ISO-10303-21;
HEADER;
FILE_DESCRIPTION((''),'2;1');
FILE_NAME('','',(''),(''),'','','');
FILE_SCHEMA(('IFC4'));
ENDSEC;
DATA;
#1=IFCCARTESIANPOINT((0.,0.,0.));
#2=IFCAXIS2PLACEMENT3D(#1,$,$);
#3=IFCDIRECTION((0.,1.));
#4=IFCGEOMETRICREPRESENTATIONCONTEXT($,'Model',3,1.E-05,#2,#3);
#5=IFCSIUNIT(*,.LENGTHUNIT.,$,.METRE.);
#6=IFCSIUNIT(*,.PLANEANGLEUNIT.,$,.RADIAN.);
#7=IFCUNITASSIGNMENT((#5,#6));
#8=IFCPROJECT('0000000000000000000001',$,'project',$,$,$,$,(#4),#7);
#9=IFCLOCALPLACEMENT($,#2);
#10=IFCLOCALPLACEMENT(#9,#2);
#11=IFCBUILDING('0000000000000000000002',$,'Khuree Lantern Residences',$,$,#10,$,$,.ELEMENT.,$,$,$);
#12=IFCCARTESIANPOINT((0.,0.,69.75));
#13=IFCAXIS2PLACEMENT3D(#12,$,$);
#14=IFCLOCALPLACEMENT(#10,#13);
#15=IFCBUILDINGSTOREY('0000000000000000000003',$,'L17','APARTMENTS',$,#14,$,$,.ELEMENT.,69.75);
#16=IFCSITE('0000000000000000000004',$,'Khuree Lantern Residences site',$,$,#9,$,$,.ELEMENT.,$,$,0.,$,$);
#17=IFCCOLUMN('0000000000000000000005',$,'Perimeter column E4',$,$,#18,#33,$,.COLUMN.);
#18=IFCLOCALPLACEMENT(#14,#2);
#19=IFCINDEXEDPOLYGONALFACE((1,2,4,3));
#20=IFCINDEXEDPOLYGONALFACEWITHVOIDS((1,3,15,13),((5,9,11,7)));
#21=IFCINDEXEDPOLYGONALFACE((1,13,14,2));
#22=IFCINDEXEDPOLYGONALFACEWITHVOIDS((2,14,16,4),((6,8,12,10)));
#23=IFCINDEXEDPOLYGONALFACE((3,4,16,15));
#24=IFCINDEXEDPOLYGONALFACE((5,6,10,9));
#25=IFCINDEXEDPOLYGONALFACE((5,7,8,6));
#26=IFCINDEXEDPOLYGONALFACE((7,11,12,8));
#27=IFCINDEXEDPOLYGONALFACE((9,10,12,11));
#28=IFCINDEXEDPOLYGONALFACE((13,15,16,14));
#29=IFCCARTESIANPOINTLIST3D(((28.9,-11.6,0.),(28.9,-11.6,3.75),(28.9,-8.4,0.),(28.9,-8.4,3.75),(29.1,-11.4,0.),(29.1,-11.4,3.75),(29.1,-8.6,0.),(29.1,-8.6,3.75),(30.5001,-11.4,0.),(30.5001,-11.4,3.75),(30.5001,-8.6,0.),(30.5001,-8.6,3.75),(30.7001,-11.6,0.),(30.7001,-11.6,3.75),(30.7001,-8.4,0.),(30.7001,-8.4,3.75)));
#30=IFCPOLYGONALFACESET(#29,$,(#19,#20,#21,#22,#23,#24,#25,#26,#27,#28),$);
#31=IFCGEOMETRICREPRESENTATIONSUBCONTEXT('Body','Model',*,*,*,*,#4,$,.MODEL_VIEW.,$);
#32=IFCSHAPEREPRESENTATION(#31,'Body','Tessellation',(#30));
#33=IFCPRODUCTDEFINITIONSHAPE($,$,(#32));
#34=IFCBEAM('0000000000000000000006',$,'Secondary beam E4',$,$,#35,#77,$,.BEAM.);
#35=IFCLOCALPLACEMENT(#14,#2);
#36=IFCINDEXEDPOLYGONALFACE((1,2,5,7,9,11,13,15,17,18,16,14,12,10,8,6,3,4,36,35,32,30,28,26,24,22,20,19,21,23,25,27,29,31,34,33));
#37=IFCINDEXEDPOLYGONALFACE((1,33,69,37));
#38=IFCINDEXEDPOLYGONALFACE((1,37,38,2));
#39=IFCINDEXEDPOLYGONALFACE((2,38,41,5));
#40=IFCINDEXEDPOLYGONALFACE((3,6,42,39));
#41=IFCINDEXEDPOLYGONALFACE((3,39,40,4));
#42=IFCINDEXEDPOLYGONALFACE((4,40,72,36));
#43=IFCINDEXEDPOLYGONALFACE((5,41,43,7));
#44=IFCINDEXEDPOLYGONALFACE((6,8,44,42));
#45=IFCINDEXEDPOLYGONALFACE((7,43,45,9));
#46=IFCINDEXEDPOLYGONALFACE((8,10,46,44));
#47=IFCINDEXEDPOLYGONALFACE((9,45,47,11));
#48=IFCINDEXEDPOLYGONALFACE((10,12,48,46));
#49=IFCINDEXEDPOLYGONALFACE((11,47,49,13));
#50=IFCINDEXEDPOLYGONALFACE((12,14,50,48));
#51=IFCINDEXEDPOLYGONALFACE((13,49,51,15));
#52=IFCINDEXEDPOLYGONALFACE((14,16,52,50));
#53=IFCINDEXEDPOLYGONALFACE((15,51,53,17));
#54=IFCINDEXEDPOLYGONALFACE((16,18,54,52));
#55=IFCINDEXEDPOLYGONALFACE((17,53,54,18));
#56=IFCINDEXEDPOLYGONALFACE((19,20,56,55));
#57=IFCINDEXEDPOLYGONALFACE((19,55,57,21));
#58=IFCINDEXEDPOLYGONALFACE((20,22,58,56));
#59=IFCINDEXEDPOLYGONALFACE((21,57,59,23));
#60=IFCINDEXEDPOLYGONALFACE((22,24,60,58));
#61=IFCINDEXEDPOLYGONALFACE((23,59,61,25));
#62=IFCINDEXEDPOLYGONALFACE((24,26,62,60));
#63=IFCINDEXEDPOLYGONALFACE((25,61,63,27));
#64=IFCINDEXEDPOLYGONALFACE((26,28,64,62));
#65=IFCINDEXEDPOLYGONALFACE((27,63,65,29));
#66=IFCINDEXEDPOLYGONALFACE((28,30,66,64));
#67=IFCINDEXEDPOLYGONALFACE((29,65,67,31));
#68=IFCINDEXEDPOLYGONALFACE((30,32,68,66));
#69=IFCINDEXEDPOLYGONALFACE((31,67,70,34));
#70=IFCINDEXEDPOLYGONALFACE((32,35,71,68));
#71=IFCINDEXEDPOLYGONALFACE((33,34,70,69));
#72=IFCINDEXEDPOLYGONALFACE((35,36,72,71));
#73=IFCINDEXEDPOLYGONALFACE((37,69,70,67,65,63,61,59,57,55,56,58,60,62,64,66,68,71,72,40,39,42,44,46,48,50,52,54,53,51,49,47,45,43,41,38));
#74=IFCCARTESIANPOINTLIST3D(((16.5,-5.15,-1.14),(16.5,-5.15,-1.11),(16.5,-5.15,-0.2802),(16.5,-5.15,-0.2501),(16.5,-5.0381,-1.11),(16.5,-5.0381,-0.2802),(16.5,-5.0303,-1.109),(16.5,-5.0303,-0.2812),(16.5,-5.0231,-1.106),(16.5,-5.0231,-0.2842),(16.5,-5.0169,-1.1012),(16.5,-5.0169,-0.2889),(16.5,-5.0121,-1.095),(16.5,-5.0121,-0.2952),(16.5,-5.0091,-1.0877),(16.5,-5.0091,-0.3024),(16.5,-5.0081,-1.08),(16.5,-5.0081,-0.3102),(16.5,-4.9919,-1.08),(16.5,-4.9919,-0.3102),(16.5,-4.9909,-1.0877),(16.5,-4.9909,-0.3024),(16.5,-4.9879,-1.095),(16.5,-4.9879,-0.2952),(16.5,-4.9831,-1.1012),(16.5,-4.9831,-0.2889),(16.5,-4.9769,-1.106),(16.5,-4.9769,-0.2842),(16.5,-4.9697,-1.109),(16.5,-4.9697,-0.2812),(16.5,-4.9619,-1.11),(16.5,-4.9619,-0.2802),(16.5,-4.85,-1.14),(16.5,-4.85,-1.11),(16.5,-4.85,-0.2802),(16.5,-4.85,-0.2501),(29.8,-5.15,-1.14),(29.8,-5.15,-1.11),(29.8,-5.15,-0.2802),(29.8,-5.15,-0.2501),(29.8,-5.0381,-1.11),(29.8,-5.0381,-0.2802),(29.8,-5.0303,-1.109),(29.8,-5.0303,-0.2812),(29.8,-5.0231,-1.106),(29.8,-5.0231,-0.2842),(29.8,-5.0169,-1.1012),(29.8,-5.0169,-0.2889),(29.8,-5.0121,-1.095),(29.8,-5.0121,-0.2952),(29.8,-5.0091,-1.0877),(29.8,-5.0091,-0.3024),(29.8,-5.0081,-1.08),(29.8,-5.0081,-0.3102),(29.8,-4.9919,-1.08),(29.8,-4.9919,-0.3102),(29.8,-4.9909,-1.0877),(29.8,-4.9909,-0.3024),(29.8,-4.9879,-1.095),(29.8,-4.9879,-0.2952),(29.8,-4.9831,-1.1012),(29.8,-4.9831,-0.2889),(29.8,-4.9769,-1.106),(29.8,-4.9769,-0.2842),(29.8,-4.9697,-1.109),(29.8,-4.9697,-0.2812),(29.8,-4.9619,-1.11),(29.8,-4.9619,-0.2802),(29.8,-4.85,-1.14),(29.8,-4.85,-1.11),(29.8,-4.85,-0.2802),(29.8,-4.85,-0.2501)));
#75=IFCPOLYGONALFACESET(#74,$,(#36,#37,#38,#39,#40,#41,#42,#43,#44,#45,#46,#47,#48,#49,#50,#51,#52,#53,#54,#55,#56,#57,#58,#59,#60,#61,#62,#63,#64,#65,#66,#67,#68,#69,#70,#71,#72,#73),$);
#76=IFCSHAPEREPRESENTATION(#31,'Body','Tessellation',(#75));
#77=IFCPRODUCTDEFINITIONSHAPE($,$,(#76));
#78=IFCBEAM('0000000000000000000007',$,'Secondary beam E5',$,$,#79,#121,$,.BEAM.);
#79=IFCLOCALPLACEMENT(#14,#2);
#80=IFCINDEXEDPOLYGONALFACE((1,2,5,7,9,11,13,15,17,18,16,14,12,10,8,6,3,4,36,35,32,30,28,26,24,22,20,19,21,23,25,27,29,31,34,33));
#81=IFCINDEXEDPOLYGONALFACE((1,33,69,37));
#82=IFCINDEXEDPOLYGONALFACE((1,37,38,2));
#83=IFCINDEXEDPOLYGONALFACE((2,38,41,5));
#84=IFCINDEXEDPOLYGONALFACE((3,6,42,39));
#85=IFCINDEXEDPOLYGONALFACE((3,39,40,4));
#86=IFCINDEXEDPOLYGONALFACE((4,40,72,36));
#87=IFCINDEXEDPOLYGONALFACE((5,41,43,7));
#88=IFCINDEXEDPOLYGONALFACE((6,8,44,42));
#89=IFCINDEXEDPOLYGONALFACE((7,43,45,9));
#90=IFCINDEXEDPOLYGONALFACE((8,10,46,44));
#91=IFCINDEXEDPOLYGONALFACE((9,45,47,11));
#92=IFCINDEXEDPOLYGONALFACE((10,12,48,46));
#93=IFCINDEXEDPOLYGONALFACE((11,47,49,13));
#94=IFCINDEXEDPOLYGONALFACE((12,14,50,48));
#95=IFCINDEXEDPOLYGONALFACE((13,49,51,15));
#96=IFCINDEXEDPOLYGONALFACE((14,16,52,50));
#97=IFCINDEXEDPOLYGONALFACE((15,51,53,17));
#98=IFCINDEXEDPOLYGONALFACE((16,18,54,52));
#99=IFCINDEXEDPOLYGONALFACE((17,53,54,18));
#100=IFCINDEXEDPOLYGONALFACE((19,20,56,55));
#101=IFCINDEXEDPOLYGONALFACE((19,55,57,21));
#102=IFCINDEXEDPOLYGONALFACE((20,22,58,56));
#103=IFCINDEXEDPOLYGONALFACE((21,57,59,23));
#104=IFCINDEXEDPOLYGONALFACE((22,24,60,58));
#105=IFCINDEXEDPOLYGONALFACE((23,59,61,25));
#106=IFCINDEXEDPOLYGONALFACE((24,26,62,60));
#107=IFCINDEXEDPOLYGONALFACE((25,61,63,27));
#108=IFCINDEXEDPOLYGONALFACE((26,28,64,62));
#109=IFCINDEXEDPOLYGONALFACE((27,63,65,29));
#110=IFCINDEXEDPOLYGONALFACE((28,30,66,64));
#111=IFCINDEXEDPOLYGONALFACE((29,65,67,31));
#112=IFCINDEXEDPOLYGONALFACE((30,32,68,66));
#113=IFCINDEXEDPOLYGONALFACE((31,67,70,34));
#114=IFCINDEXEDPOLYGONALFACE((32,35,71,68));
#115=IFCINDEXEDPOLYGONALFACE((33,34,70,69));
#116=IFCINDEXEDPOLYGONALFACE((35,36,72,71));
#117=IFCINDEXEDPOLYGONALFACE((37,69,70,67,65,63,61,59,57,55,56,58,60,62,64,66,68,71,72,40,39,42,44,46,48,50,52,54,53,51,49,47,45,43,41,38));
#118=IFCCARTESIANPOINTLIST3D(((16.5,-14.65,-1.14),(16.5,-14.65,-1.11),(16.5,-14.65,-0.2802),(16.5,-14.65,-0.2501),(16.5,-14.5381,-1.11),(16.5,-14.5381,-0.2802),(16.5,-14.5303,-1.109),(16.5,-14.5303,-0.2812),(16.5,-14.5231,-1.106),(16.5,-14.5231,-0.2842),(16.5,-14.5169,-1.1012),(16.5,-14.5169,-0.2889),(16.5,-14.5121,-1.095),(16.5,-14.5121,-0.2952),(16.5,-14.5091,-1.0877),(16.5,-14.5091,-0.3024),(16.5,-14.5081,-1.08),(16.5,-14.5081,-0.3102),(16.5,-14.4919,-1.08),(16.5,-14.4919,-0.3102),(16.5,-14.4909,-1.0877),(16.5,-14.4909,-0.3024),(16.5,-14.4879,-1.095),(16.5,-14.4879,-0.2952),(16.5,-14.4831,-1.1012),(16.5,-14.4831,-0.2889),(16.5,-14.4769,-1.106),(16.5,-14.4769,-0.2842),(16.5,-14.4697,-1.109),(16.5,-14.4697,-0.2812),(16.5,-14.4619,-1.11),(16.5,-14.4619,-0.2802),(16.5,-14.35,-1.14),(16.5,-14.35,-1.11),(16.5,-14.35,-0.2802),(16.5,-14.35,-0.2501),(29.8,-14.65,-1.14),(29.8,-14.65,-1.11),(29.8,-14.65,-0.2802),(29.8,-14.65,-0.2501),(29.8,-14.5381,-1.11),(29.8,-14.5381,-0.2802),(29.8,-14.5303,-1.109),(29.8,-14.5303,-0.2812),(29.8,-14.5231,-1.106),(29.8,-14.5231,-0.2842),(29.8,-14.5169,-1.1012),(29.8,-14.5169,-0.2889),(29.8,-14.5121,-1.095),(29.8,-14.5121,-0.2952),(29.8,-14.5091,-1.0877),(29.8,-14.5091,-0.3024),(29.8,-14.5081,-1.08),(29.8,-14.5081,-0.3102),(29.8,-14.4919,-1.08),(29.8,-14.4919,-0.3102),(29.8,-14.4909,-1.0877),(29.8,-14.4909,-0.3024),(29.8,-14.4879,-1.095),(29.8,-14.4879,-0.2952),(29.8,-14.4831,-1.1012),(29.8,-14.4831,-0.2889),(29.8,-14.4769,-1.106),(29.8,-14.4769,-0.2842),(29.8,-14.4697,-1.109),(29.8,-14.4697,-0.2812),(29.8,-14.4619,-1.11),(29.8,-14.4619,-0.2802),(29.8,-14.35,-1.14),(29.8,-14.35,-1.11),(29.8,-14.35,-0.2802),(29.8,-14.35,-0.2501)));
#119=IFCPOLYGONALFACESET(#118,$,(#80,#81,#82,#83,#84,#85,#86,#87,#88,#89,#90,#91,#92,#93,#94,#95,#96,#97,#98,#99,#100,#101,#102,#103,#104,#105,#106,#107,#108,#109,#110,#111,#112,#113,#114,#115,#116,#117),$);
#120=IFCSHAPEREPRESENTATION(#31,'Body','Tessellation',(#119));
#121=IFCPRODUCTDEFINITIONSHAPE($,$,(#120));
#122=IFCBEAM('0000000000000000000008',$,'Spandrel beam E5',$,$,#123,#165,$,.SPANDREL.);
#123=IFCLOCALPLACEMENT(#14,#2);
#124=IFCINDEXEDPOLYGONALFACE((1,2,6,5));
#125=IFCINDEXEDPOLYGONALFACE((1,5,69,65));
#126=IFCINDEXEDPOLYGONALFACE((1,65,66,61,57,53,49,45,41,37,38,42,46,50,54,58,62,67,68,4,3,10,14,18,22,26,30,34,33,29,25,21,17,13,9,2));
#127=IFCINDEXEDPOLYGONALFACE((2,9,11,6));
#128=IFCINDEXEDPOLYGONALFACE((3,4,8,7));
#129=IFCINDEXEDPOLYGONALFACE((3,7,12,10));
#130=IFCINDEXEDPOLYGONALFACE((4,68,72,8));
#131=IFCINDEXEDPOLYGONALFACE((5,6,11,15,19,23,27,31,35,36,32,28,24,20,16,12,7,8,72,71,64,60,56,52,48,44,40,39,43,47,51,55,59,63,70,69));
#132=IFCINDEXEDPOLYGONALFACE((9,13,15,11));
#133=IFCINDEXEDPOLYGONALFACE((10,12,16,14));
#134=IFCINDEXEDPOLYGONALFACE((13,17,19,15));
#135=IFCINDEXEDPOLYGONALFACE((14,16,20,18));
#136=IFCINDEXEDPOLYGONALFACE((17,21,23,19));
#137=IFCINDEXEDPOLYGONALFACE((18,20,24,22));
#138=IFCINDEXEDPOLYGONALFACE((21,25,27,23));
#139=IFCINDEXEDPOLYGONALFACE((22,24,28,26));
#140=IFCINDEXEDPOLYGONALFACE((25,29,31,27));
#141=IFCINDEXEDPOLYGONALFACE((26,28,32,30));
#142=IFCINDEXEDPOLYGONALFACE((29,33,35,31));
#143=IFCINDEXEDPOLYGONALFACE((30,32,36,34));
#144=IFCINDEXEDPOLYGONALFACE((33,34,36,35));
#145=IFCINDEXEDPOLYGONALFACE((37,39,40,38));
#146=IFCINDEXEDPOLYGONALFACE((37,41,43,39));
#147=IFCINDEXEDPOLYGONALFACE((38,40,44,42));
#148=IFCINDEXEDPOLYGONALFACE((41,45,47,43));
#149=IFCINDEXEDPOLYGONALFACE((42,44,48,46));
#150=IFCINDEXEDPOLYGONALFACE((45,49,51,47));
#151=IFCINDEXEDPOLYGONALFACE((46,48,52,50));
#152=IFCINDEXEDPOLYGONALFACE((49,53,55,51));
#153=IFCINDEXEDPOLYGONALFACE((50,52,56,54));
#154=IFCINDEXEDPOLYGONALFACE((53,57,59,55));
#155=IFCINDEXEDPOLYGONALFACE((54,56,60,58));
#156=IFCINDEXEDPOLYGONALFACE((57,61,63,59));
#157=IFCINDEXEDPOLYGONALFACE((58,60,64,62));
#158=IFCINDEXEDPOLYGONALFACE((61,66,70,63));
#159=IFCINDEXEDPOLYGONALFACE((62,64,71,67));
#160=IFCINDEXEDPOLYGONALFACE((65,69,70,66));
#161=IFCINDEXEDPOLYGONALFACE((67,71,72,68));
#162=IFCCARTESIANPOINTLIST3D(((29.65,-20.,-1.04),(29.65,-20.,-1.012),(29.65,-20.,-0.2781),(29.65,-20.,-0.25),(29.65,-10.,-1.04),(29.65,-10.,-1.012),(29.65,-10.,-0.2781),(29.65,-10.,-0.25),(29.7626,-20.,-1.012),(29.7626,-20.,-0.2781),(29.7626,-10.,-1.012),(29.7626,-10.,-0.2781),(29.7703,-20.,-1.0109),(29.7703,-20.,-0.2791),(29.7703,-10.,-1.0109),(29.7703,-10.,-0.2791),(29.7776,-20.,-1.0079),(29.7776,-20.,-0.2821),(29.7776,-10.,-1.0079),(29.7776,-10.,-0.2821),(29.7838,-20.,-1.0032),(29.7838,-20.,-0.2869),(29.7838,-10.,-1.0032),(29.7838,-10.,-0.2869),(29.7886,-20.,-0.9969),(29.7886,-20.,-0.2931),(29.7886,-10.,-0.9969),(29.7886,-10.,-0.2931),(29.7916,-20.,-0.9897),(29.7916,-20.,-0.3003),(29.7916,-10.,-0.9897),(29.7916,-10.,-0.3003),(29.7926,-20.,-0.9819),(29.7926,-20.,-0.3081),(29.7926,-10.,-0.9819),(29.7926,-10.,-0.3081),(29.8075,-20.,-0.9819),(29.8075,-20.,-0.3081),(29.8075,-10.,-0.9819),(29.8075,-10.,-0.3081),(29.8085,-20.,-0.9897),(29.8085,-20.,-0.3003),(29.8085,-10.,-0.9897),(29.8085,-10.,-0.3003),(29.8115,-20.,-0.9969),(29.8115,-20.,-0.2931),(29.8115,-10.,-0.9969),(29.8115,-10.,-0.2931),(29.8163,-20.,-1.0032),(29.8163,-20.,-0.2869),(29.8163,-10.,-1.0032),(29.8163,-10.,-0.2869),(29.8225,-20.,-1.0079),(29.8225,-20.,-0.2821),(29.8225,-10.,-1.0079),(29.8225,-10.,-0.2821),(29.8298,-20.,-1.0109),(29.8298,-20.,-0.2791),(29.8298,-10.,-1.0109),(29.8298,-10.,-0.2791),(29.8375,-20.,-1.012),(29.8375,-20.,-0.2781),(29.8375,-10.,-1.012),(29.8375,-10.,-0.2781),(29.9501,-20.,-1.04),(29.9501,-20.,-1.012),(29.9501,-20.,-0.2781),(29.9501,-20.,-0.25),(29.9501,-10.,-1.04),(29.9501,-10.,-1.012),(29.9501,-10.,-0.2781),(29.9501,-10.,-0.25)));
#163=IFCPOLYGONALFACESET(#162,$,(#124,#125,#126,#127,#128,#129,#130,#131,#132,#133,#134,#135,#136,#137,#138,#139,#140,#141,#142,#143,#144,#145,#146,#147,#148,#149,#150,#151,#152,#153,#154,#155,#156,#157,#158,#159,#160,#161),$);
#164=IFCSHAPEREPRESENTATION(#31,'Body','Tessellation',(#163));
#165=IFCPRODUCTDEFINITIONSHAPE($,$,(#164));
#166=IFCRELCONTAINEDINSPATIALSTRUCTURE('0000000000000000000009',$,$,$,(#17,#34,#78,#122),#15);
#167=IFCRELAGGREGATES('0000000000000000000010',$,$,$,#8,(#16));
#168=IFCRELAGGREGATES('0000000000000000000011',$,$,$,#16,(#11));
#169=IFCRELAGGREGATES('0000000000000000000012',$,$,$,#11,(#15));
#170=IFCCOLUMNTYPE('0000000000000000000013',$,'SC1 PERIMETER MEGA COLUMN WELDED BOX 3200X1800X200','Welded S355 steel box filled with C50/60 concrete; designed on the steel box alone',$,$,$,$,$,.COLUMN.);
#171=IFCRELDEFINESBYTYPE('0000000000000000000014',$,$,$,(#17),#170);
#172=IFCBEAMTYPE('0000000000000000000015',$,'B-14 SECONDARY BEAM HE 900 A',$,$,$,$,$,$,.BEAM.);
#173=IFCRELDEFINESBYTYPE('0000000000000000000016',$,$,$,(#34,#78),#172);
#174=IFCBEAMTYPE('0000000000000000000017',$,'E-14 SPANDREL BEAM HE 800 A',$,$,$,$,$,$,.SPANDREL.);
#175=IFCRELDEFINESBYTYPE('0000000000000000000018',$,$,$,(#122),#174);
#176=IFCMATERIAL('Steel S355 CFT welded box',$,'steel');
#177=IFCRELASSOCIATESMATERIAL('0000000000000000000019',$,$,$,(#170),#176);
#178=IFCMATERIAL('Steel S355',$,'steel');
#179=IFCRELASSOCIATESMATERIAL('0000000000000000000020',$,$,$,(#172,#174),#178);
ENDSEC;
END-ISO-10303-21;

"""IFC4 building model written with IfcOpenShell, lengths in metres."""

from ifc_helpers import new_model, si_unit, direction, frame, origin, origin_2d, place, context, subcontext, project, spatial, hollow_rectangle, i_section, extrude, material, material_profile, profile_set, type_object, element, save


model = new_model("IFC4")

# Units and contexts
model_context = context("Model", 3, precision=1e-05, world=origin(), true_north=direction((0.0, 1.0)))
body_context = subcontext(model_context, "Body", "Model", "MODEL_VIEW")
ifc_project = project(units=[si_unit("LENGTHUNIT", "METRE"), si_unit("PLANEANGLEUNIT", "RADIAN")], contexts=[model_context])

# Site, building, storey
site_placement = place(None, origin())
site = spatial("IfcSite", under=ifc_project, at=site_placement, Name="Khuree Lantern Residences site", CompositionType="ELEMENT", RefElevation=0.0)
building_placement = place(site_placement, origin())
building = spatial("IfcBuilding", under=site, at=building_placement, Name="Khuree Lantern Residences", CompositionType="ELEMENT")
storey_placement = place(building_placement, frame((0.0, 0.0, 69.75)))
storey = spatial("IfcBuildingStorey", under=building, at=storey_placement, Name="L17", Description="APARTMENTS", CompositionType="ELEMENT", Elevation=69.75)

# Column
ifc_material_1 = material(Name="Steel S355 CFT welded box", Category="steel")
ifc_material_profile_1 = material_profile(ifc_material_1, hollow_rectangle(XDim=3.2, YDim=1.8, WallThickness=0.2, at=origin_2d()), Name="WELDED BOX 3200X1800X200")
ifc_profile_set_1 = profile_set([ifc_material_profile_1], Name="Steel S355 CFT welded box")
column_type = type_object("IfcColumnType", Name="SC1 PERIMETER MEGA COLUMN WELDED BOX 3200X1800X200", Description="Welded S355 steel box filled with C50/60 concrete; designed on the steel box alone", PredefinedType="COLUMN", material=ifc_profile_set_1)
column_placement = place(storey_placement, frame((29.8, -10.0, 0.0), z_axis=(0.0, 0.0, 1.0), x_axis=(0.0, 1.0, 0.0)))
element("IfcColumn", 1, at=column_placement, inside=storey, type_object=column_type, Name="Perimeter column E4", PredefinedType="COLUMN", context=body_context, shape_type="SweptSolid", body=[
    extrude(hollow_rectangle(XDim=3.2, YDim=1.8, WallThickness=0.2, at=origin_2d()), origin(), (0.0, 0.0, 1.0), 3.75),
])

# Beams
ifc_material_2 = material(Name="Steel S355", Category="steel")
ifc_material_profile_2 = material_profile(ifc_material_2, i_section(OverallWidth=0.3, OverallDepth=0.8899, WebThickness=0.0161, FlangeThickness=0.03, FilletRadius=0.03, at=origin_2d()), Name="HE 900 A")
ifc_profile_set_2 = profile_set([ifc_material_profile_2], Name="Steel S355")
beam_type_1 = type_object("IfcBeamType", Name="B-14 SECONDARY BEAM HE 900 A", PredefinedType="BEAM", material=ifc_profile_set_2)
for number, where, z_axis, x_axis, name in (
    (2, (29.8, -5.0, -0.6951), (-1.0, 0.0, 0.0), (0.0, -1.0, 0.0), "Secondary beam E4"),
    (3, (29.8, -14.5, -0.6951), (-1.0, 0.0, 0.0), (0.0, -1.0, 0.0), "Secondary beam E5"),
):
    element("IfcBeam", number, at=place(storey_placement, frame(where, z_axis=z_axis, x_axis=x_axis)), inside=storey, type_object=beam_type_1, Name=name, PredefinedType="BEAM", context=body_context, shape_type="SweptSolid", body=[
        extrude(i_section(OverallWidth=0.3, OverallDepth=0.8899, WebThickness=0.0161, FlangeThickness=0.03, FilletRadius=0.03, at=origin_2d()), origin(), (0.0, 0.0, 1.0), 13.3),
    ])
ifc_material_profile_3 = material_profile(ifc_material_2, i_section(OverallWidth=0.3, OverallDepth=0.79, WebThickness=0.0149, FlangeThickness=0.0281, FilletRadius=0.03, at=origin_2d()), Name="HE 800 A")
ifc_profile_set_3 = profile_set([ifc_material_profile_3], Name="Steel S355")
beam_type_2 = type_object("IfcBeamType", Name="E-14 SPANDREL BEAM HE 800 A", PredefinedType="SPANDREL", material=ifc_profile_set_3)
beam_1_placement = place(storey_placement, frame((29.8, -10.0, -0.645), z_axis=(0.0, -1.0, 0.0), x_axis=(1.0, 0.0, 0.0)))
element("IfcBeam", 4, at=beam_1_placement, inside=storey, type_object=beam_type_2, Name="Spandrel beam E5", PredefinedType="SPANDREL", context=body_context, shape_type="SweptSolid", body=[
    extrude(i_section(OverallWidth=0.3, OverallDepth=0.79, WebThickness=0.0149, FlangeThickness=0.0281, FilletRadius=0.03, at=origin_2d()), origin(), (0.0, 0.0, 1.0), 10.0),
])

save(model, "model.ifc")
